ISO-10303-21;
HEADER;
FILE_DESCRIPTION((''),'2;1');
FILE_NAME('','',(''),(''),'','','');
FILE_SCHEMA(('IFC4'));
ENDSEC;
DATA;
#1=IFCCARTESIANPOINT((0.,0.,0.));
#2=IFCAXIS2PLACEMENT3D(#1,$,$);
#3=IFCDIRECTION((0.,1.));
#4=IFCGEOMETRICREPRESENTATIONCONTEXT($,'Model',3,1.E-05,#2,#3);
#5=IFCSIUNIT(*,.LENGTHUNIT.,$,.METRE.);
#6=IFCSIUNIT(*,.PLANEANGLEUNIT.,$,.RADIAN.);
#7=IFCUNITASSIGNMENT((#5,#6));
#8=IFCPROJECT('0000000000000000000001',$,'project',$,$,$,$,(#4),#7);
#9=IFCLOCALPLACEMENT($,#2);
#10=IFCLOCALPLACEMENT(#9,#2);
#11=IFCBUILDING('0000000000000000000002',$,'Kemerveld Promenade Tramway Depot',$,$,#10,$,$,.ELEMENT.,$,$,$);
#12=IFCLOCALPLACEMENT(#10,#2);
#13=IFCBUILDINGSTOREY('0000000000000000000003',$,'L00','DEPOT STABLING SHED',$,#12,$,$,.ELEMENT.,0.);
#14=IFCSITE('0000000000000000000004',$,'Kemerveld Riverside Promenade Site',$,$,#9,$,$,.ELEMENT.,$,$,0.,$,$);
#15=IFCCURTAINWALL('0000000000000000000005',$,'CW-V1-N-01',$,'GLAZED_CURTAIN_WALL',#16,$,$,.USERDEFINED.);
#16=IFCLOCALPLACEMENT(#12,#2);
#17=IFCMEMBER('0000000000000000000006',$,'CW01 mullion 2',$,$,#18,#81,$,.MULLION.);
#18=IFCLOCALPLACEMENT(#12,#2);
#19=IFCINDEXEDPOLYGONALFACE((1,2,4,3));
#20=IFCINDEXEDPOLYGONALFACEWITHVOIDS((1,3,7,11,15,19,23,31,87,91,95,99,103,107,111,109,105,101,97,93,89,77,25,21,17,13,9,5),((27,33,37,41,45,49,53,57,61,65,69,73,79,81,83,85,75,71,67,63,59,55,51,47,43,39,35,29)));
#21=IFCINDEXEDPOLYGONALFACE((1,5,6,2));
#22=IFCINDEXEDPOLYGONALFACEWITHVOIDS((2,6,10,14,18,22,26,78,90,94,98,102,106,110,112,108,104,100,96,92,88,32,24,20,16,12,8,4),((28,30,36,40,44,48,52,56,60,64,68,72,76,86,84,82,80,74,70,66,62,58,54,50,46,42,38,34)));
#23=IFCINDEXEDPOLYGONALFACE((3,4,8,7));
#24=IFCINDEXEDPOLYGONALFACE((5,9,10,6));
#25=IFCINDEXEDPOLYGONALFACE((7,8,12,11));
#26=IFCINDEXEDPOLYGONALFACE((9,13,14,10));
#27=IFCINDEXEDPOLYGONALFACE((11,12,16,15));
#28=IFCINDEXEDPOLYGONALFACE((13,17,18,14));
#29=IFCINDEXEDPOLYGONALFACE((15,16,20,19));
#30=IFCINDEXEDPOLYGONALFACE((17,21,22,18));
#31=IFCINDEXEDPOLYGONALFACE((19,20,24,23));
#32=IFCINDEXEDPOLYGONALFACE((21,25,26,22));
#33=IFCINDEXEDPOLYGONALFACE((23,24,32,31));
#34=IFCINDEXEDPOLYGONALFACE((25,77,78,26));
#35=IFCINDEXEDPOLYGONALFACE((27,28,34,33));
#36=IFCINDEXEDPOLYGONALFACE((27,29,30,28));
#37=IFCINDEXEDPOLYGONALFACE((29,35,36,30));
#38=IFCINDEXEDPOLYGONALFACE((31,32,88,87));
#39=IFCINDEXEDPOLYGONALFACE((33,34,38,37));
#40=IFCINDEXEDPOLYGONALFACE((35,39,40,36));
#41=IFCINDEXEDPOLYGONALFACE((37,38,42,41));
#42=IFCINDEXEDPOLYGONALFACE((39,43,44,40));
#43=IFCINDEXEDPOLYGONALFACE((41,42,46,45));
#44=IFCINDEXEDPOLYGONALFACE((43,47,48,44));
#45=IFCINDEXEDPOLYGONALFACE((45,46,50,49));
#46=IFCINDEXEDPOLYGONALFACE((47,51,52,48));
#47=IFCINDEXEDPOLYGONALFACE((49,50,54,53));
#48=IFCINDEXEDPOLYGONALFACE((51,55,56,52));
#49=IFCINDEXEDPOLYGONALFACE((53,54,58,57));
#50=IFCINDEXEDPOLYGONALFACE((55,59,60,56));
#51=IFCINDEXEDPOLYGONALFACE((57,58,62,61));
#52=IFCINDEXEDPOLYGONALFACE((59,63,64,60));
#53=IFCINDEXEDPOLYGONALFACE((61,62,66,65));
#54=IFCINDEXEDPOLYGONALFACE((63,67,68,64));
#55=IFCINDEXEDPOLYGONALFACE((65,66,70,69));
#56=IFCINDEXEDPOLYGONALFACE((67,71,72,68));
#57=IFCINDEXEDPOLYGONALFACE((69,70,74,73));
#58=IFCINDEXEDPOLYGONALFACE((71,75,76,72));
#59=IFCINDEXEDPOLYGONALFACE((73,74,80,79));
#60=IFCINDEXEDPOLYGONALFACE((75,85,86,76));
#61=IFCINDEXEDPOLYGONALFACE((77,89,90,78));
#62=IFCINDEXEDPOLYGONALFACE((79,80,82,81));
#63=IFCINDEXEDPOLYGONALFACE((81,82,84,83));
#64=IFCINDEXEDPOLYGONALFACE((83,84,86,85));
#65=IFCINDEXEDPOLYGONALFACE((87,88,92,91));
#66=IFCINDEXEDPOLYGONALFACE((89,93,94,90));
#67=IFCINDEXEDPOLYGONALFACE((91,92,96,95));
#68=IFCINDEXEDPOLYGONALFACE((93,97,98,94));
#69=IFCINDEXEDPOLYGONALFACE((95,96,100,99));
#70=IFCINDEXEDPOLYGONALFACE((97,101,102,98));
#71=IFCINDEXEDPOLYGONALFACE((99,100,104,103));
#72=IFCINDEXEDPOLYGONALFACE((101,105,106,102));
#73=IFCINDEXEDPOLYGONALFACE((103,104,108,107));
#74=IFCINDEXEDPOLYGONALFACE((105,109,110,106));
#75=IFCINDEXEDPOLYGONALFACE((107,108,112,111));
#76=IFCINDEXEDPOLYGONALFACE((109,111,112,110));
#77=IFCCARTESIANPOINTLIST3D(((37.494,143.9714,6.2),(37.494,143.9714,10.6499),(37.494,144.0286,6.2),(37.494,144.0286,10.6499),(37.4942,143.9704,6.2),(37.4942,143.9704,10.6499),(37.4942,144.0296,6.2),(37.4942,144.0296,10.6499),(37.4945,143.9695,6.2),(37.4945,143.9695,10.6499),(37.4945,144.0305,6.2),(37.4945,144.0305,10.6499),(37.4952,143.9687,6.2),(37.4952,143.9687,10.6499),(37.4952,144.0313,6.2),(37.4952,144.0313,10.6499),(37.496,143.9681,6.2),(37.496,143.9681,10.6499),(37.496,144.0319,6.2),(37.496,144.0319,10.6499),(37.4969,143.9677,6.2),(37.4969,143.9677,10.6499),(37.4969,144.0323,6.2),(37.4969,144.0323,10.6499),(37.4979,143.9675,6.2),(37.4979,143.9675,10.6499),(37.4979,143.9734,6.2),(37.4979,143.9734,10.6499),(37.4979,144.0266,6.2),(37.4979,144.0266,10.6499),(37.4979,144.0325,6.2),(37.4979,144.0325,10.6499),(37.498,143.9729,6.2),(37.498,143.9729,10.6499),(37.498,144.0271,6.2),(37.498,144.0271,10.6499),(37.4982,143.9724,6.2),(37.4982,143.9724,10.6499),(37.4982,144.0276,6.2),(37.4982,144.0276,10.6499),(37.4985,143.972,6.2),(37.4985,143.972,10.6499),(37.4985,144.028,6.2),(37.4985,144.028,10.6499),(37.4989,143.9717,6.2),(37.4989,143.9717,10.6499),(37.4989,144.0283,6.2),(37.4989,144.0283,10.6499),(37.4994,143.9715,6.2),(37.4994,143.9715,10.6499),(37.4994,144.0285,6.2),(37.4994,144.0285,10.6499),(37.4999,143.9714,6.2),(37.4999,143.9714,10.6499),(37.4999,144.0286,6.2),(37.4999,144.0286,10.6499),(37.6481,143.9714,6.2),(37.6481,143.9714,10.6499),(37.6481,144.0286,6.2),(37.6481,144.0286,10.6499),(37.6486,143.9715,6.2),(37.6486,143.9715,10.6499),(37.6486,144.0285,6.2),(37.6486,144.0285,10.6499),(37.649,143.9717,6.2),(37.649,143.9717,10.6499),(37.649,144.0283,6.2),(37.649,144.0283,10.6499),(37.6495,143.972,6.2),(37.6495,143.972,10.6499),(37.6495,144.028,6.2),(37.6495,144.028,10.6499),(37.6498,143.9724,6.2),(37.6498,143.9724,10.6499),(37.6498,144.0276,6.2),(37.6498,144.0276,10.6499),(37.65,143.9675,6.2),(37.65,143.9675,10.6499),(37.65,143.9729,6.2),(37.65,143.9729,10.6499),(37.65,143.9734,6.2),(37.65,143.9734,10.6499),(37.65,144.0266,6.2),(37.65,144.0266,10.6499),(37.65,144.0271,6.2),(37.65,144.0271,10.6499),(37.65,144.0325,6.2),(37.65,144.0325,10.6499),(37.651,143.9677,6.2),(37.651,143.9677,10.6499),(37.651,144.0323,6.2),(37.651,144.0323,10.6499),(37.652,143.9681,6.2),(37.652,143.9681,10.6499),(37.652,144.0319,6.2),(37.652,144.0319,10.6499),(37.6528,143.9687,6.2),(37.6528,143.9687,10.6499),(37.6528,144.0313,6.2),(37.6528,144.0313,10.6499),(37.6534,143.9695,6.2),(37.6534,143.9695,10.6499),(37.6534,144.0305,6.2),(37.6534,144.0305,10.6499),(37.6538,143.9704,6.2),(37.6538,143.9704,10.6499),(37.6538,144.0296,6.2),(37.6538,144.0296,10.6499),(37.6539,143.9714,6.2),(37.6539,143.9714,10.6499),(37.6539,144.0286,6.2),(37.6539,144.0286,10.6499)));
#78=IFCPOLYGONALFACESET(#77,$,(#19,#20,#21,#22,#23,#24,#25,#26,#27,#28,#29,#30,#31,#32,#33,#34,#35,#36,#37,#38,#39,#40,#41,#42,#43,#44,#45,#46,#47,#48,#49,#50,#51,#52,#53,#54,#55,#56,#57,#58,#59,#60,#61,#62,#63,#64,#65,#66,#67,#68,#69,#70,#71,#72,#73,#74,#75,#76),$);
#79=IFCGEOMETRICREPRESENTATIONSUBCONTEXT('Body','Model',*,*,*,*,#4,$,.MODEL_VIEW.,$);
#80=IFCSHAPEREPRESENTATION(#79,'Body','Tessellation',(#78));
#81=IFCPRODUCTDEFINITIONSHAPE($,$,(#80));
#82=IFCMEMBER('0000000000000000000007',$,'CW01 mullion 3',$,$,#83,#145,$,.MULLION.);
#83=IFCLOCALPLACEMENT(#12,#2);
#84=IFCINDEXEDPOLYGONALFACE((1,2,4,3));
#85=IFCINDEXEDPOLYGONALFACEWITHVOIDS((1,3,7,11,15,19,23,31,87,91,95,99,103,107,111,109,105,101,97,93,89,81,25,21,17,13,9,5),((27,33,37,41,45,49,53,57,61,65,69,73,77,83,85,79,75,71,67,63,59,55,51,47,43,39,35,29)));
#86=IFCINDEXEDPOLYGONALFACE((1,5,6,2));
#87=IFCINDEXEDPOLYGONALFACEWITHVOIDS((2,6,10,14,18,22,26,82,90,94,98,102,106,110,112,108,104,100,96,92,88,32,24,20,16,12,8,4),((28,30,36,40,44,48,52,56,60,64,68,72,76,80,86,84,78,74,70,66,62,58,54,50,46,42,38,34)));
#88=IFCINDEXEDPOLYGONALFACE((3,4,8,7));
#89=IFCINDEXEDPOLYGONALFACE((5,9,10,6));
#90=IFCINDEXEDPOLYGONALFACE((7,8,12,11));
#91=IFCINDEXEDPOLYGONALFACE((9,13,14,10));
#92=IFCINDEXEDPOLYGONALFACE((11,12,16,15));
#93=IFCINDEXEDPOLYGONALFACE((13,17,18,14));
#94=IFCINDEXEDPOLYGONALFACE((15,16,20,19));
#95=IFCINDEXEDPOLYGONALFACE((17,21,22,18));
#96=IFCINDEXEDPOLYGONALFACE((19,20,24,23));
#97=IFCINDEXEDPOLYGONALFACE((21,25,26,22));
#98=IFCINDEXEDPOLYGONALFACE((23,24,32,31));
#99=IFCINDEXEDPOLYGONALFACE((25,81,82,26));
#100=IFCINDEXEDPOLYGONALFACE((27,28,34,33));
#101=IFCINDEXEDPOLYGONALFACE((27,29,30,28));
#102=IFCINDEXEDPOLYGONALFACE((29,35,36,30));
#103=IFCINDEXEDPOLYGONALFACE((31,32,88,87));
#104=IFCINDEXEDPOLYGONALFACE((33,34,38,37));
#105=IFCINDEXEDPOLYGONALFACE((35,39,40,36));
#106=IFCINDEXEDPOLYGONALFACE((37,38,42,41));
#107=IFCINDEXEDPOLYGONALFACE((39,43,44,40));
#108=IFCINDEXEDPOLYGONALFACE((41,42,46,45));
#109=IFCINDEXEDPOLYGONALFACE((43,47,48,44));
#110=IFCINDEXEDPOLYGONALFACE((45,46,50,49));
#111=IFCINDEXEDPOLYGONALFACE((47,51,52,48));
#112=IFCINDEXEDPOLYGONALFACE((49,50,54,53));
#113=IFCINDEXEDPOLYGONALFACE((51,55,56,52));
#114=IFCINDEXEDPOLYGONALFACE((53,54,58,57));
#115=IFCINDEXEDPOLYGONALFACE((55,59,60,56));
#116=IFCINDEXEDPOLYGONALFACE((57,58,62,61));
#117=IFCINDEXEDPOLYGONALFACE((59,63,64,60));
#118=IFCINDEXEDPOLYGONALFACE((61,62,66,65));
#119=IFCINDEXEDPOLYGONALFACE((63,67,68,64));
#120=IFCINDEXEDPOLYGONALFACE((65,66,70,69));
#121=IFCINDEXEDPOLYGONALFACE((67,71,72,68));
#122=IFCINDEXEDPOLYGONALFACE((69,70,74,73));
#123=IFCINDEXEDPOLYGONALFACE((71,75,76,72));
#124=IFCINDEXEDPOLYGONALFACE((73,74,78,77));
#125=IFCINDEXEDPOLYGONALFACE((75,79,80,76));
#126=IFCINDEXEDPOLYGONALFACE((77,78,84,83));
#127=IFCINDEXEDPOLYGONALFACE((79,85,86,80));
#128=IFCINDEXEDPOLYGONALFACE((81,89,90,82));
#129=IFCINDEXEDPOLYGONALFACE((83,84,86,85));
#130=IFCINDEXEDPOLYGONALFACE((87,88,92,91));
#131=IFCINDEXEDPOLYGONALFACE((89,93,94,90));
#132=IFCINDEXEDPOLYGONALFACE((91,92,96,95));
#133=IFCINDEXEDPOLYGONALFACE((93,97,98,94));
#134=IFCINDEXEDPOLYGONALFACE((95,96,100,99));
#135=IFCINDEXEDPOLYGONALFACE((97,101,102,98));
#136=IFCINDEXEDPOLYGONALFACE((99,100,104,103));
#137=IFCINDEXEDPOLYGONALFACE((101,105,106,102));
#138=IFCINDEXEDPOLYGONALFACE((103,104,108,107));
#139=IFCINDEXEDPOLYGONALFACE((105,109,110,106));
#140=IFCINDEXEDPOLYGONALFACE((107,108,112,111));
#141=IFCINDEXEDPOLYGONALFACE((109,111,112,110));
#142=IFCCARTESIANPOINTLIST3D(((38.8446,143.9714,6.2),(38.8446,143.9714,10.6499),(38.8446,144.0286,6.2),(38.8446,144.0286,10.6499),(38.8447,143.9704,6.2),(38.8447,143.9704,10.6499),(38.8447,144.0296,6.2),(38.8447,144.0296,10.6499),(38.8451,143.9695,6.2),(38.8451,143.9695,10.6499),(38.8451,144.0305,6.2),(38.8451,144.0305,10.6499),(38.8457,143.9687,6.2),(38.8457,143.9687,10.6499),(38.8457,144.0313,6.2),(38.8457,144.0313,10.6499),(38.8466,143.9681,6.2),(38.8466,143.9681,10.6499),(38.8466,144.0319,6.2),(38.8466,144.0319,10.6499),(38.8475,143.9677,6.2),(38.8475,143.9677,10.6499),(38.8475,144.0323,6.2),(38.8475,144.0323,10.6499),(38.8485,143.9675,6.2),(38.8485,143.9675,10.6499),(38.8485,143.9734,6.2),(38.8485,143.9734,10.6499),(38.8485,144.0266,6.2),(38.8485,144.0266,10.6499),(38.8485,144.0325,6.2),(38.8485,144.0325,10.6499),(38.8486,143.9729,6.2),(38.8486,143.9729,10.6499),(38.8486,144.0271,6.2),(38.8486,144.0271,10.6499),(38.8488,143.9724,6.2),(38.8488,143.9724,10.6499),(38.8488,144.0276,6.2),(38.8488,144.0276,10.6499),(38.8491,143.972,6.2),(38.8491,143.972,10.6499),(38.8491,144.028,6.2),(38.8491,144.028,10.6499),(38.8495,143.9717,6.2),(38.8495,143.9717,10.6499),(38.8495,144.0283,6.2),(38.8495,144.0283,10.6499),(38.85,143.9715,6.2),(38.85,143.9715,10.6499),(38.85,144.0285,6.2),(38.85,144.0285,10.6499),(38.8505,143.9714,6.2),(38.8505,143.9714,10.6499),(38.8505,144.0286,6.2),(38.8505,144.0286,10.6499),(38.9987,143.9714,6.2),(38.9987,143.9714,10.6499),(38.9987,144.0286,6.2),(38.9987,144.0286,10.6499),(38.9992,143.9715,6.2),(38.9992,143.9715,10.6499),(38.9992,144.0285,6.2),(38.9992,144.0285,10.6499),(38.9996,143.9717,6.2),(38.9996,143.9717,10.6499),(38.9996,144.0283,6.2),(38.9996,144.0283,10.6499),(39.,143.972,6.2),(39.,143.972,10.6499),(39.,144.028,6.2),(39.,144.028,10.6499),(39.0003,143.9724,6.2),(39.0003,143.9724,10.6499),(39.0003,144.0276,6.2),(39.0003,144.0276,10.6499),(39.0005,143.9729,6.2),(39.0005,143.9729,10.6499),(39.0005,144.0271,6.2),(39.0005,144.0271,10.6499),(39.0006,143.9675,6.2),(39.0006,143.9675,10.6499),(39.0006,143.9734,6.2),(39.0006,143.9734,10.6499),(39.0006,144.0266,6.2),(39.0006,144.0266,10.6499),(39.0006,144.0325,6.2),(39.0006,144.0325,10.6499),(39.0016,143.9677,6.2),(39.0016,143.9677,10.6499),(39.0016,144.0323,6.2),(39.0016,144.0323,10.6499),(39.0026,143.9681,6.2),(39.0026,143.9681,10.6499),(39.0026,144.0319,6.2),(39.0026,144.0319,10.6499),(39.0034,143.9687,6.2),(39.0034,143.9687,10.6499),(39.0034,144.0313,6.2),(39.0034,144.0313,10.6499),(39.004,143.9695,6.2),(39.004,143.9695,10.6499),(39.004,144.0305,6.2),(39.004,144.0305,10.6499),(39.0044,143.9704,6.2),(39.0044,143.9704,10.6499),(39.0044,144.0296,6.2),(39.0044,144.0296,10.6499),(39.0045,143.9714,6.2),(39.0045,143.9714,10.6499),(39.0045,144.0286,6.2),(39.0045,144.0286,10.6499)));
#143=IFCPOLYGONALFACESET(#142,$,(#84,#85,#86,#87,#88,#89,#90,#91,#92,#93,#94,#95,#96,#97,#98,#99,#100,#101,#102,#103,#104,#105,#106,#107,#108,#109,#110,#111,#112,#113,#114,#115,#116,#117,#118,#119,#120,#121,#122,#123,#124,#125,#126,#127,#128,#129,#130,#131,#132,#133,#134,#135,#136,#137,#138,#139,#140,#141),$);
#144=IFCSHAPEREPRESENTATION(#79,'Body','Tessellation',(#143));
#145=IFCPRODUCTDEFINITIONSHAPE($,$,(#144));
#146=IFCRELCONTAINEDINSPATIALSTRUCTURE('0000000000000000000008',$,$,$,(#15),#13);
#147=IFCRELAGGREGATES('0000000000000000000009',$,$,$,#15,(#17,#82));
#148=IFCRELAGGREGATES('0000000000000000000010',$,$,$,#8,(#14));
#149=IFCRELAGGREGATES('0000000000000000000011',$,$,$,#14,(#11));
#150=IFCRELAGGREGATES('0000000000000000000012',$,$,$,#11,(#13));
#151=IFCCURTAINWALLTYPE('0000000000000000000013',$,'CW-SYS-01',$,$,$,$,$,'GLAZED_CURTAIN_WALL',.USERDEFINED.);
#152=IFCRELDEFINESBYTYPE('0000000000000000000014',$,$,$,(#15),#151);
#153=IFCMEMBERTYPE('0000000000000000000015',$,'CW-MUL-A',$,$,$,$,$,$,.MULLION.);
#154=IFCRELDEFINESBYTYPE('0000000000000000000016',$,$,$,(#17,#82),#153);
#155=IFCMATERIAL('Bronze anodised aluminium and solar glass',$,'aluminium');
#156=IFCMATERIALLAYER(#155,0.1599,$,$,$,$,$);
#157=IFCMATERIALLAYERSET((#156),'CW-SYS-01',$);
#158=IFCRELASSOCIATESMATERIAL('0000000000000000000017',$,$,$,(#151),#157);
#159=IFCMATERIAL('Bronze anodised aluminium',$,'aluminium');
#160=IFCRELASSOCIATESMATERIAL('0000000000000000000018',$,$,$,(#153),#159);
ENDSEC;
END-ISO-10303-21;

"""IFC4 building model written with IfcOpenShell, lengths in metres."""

from ifc_helpers import new_model, si_unit, direction, frame, origin, origin_2d, place, context, subcontext, project, spatial, hollow_rectangle, extrude, material, layer, layer_set, material_profile, profile_set, type_object, element, aggregate, save


model = new_model("IFC4")

# Units and contexts
model_context = context("Model", 3, precision=1e-05, world=origin(), true_north=direction((0.0, 1.0)))
body_context = subcontext(model_context, "Body", "Model", "MODEL_VIEW")
ifc_project = project(units=[si_unit("LENGTHUNIT", "METRE"), si_unit("PLANEANGLEUNIT", "RADIAN")], contexts=[model_context])

# Site, building, storey
site_placement = place(None, origin())
site = spatial("IfcSite", under=ifc_project, at=site_placement, Name="Kemerveld Riverside Promenade Site", CompositionType="ELEMENT", RefElevation=0.0)
building_placement = place(site_placement, origin())
building = spatial("IfcBuilding", under=site, at=building_placement, Name="Kemerveld Promenade Tramway Depot", CompositionType="ELEMENT")
storey_placement = place(building_placement, origin())
storey = spatial("IfcBuildingStorey", under=building, at=storey_placement, Name="L00", Description="DEPOT STABLING SHED", CompositionType="ELEMENT", Elevation=0.0)

# Curtain wall, members
ifc_material_1 = material(Name="Bronze anodised aluminium and solar glass", Category="aluminium")
ifc_layer_1 = layer(ifc_material_1, 0.1599)
ifc_layer_set_1 = layer_set([ifc_layer_1], Name="CW-SYS-01")
curtain_wall_type_1 = type_object("IfcCurtainWallType", Name="CW-SYS-01", ElementType="GLAZED_CURTAIN_WALL", PredefinedType="USERDEFINED", material=ifc_layer_set_1)
curtain_wall_1_placement = place(storey_placement, origin())
curtain_wall_1 = element("IfcCurtainWall", 1, at=curtain_wall_1_placement, inside=storey, type_object=curtain_wall_type_1, Name="CW-V1-N-01", ObjectType="GLAZED_CURTAIN_WALL", PredefinedType="USERDEFINED")
ifc_material_2 = material(Name="Bronze anodised aluminium", Category="aluminium")
ifc_material_profile_1 = material_profile(ifc_material_2, hollow_rectangle(XDim=0.0649, YDim=0.1599, WallThickness=0.0039, InnerFilletRadius=0.002, OuterFilletRadius=0.0039, at=origin_2d()), Name="CW-MUL-160x65")
ifc_profile_set_1 = profile_set([ifc_material_profile_1], Name="Bronze anodised aluminium")
member_type_1 = type_object("IfcMemberType", Name="CW-MUL-A", PredefinedType="MULLION", material=ifc_profile_set_1)
member_1_placement = place(storey_placement, frame((37.574, 144.0, 6.2), z_axis=(0.0, 0.0, 1.0), x_axis=(0.0, 1.0, 0.0)))
member_1 = element("IfcMember", 2, at=member_1_placement, type_object=member_type_1, Name="CW01 mullion 2", PredefinedType="MULLION", context=body_context, shape_type="SweptSolid", body=[
    extrude(hollow_rectangle(XDim=0.0649, YDim=0.1599, WallThickness=0.0039, InnerFilletRadius=0.002, OuterFilletRadius=0.0039, at=origin_2d()), origin(), (0.0, 0.0, 1.0), 4.45),
])
member_2_placement = place(storey_placement, frame((38.9246, 144.0, 6.2), z_axis=(0.0, 0.0, 1.0), x_axis=(0.0, 1.0, 0.0)))
member_2 = element("IfcMember", 3, at=member_2_placement, type_object=member_type_1, Name="CW01 mullion 3", PredefinedType="MULLION", context=body_context, shape_type="SweptSolid", body=[
    extrude(hollow_rectangle(XDim=0.0649, YDim=0.1599, WallThickness=0.0039, InnerFilletRadius=0.002, OuterFilletRadius=0.0039, at=origin_2d()), origin(), (0.0, 0.0, 1.0), 4.45),
])

aggregate(curtain_wall_1, [member_1, member_2])

save(model, "model.ifc")
